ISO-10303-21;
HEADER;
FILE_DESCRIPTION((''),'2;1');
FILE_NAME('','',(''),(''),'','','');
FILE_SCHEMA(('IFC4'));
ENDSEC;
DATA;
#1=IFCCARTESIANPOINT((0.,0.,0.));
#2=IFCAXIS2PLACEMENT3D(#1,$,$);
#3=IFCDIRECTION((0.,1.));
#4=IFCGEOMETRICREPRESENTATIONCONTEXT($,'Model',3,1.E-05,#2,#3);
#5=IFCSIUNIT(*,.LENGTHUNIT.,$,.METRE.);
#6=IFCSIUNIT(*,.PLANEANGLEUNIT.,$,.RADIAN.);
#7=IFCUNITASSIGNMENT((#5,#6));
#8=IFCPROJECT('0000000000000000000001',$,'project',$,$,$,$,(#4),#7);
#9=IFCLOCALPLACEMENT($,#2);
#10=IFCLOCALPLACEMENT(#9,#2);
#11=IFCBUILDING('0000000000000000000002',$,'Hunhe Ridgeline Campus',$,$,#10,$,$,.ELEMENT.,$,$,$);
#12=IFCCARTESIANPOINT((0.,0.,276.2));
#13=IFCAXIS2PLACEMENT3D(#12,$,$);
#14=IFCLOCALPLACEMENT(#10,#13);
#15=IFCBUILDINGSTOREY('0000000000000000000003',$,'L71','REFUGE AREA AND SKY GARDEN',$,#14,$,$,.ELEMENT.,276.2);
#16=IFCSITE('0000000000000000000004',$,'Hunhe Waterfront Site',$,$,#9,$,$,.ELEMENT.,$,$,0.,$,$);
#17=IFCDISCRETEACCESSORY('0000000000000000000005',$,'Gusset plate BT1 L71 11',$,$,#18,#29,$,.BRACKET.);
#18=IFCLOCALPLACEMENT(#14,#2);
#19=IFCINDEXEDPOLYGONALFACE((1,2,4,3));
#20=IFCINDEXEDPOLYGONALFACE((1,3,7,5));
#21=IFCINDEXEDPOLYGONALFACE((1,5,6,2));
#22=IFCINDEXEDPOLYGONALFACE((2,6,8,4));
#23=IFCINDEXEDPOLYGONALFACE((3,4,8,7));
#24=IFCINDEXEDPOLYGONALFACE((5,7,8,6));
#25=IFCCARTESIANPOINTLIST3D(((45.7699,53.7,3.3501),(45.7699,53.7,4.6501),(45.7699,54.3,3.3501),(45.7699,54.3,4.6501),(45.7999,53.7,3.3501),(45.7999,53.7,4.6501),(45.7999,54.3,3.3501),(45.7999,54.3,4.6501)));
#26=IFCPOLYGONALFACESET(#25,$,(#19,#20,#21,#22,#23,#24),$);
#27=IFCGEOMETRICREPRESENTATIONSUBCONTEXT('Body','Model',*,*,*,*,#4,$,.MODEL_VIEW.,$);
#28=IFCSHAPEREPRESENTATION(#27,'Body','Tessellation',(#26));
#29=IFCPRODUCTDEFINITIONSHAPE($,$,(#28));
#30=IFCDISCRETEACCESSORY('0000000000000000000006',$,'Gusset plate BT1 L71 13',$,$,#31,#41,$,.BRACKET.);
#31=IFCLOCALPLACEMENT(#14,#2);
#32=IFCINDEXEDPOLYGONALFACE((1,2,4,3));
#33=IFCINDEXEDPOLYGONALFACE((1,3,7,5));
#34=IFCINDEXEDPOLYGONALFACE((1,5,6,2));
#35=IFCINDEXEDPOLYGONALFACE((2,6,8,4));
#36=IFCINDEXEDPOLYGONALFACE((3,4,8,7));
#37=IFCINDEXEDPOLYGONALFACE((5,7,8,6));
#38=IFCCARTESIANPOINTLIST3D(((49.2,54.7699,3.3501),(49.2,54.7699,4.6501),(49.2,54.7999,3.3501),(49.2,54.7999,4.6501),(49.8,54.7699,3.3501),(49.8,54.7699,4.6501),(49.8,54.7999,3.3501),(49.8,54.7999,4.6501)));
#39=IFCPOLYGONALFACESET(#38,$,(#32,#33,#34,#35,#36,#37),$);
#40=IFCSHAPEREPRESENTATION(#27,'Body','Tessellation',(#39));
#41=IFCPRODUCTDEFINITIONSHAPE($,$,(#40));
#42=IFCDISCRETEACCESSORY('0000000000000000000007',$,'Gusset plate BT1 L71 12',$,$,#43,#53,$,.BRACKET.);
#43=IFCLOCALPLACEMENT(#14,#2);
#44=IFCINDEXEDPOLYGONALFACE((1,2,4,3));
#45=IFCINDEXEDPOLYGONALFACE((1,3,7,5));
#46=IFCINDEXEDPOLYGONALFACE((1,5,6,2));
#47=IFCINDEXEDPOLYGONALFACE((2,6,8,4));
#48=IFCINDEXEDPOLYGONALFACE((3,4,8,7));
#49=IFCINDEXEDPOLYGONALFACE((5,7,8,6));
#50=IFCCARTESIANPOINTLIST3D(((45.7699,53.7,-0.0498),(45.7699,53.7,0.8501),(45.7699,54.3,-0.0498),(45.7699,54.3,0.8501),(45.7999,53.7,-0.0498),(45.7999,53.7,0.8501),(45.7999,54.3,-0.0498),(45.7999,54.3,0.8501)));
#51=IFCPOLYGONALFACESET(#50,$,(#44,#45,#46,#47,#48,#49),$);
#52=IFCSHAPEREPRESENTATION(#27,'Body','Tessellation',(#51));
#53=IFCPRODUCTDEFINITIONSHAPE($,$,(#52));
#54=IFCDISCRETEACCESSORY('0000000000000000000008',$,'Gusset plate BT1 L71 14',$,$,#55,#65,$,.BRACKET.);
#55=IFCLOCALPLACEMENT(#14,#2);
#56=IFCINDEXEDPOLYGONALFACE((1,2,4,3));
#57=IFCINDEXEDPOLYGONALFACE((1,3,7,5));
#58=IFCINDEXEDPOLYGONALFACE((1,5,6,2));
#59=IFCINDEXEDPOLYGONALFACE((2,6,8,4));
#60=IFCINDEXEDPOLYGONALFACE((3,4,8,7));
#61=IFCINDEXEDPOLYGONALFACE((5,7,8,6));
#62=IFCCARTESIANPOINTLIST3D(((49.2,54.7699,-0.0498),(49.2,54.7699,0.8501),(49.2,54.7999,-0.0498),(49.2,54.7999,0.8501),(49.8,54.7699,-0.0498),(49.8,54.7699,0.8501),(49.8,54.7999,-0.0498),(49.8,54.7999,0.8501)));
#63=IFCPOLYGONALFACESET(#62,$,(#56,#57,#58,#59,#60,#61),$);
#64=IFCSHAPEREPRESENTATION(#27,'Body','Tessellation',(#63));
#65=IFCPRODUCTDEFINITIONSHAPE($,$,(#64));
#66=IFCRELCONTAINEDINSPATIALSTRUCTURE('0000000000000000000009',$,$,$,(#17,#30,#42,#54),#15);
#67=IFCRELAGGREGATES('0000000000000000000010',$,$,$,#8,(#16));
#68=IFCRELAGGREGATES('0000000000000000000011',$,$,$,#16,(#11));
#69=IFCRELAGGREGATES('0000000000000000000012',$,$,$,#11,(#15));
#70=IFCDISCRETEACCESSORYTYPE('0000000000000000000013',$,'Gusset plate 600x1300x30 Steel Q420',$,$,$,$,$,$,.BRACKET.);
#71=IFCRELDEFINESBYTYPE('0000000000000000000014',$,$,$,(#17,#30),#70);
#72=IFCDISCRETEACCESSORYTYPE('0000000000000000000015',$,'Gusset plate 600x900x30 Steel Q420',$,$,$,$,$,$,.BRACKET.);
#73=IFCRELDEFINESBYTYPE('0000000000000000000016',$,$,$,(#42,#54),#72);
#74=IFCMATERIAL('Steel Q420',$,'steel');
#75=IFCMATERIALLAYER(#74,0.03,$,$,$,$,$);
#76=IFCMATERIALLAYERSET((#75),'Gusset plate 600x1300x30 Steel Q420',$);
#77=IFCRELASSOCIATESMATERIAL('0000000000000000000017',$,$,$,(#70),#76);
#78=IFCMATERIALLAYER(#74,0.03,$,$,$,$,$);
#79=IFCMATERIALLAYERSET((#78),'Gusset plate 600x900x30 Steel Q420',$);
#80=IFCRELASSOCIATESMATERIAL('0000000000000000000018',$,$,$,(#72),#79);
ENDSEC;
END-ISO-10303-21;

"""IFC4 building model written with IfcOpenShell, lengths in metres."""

from ifc_helpers import new_model, si_unit, direction, frame, origin, origin_2d, place, context, subcontext, project, spatial, rectangle, extrude, material, layer, layer_set, type_object, element, save


model = new_model("IFC4")

# Units and contexts
model_context = context("Model", 3, precision=1e-05, world=origin(), true_north=direction((0.0, 1.0)))
body_context = subcontext(model_context, "Body", "Model", "MODEL_VIEW")
ifc_project = project(units=[si_unit("LENGTHUNIT", "METRE"), si_unit("PLANEANGLEUNIT", "RADIAN")], contexts=[model_context])

# Site, building, storey
site_placement = place(None, origin())
site = spatial("IfcSite", under=ifc_project, at=site_placement, Name="Hunhe Waterfront Site", CompositionType="ELEMENT", RefElevation=0.0)
building_placement = place(site_placement, origin())
building = spatial("IfcBuilding", under=site, at=building_placement, Name="Hunhe Ridgeline Campus", CompositionType="ELEMENT")
storey_placement = place(building_placement, frame((0.0, 0.0, 276.2)))
storey = spatial("IfcBuildingStorey", under=building, at=storey_placement, Name="L71", Description="REFUGE AREA AND SKY GARDEN", CompositionType="ELEMENT", Elevation=276.2)

# Shared definitions
ifc_material_1 = material(Name="Steel Q420", Category="steel")

# Discrete accessories
ifc_layer_1 = layer(ifc_material_1, 0.03)
ifc_layer_set_1 = layer_set([ifc_layer_1], Name="Gusset plate 600x1300x30 Steel Q420")
discrete_accessory_type_1 = type_object("IfcDiscreteAccessoryType", Name="Gusset plate 600x1300x30 Steel Q420", PredefinedType="BRACKET", material=ifc_layer_set_1)
for number, where, z_axis, x_axis, name in (
    (1, (45.7849, 54.0, 3.3501), (0.0, 0.0, 1.0), (-1.0, 0.0, 0.0), "Gusset plate BT1 L71 11"),
    (2, (49.5, 54.7849, 3.3501), (0.0, 0.0, 1.0), (0.0, -1.0, 0.0), "Gusset plate BT1 L71 13"),
):
    element("IfcDiscreteAccessory", number, at=place(storey_placement, frame(where, z_axis=z_axis, x_axis=x_axis)), inside=storey, type_object=discrete_accessory_type_1, Name=name, PredefinedType="BRACKET", context=body_context, shape_type="SweptSolid", body=[
        extrude(rectangle(XDim=0.03, YDim=0.6001, at=origin_2d()), origin(), (0.0, 0.0, 1.0), 1.3),
    ])
ifc_layer_2 = layer(ifc_material_1, 0.03)
ifc_layer_set_2 = layer_set([ifc_layer_2], Name="Gusset plate 600x900x30 Steel Q420")
discrete_accessory_type_2 = type_object("IfcDiscreteAccessoryType", Name="Gusset plate 600x900x30 Steel Q420", PredefinedType="BRACKET", material=ifc_layer_set_2)
for number, where, z_axis, x_axis, name in (
    (3, (45.7849, 54.0, -0.0498), (0.0, 0.0, 1.0), (-1.0, 0.0, 0.0), "Gusset plate BT1 L71 12"),
    (4, (49.5, 54.7849, -0.0498), (0.0, 0.0, 1.0), (0.0, -1.0, 0.0), "Gusset plate BT1 L71 14"),
):
    element("IfcDiscreteAccessory", number, at=place(storey_placement, frame(where, z_axis=z_axis, x_axis=x_axis)), inside=storey, type_object=discrete_accessory_type_2, Name=name, PredefinedType="BRACKET", context=body_context, shape_type="SweptSolid", body=[
        extrude(rectangle(XDim=0.03, YDim=0.6001, at=origin_2d()), origin(), (0.0, 0.0, 1.0), 0.8999),
    ])

save(model, "model.ifc")
